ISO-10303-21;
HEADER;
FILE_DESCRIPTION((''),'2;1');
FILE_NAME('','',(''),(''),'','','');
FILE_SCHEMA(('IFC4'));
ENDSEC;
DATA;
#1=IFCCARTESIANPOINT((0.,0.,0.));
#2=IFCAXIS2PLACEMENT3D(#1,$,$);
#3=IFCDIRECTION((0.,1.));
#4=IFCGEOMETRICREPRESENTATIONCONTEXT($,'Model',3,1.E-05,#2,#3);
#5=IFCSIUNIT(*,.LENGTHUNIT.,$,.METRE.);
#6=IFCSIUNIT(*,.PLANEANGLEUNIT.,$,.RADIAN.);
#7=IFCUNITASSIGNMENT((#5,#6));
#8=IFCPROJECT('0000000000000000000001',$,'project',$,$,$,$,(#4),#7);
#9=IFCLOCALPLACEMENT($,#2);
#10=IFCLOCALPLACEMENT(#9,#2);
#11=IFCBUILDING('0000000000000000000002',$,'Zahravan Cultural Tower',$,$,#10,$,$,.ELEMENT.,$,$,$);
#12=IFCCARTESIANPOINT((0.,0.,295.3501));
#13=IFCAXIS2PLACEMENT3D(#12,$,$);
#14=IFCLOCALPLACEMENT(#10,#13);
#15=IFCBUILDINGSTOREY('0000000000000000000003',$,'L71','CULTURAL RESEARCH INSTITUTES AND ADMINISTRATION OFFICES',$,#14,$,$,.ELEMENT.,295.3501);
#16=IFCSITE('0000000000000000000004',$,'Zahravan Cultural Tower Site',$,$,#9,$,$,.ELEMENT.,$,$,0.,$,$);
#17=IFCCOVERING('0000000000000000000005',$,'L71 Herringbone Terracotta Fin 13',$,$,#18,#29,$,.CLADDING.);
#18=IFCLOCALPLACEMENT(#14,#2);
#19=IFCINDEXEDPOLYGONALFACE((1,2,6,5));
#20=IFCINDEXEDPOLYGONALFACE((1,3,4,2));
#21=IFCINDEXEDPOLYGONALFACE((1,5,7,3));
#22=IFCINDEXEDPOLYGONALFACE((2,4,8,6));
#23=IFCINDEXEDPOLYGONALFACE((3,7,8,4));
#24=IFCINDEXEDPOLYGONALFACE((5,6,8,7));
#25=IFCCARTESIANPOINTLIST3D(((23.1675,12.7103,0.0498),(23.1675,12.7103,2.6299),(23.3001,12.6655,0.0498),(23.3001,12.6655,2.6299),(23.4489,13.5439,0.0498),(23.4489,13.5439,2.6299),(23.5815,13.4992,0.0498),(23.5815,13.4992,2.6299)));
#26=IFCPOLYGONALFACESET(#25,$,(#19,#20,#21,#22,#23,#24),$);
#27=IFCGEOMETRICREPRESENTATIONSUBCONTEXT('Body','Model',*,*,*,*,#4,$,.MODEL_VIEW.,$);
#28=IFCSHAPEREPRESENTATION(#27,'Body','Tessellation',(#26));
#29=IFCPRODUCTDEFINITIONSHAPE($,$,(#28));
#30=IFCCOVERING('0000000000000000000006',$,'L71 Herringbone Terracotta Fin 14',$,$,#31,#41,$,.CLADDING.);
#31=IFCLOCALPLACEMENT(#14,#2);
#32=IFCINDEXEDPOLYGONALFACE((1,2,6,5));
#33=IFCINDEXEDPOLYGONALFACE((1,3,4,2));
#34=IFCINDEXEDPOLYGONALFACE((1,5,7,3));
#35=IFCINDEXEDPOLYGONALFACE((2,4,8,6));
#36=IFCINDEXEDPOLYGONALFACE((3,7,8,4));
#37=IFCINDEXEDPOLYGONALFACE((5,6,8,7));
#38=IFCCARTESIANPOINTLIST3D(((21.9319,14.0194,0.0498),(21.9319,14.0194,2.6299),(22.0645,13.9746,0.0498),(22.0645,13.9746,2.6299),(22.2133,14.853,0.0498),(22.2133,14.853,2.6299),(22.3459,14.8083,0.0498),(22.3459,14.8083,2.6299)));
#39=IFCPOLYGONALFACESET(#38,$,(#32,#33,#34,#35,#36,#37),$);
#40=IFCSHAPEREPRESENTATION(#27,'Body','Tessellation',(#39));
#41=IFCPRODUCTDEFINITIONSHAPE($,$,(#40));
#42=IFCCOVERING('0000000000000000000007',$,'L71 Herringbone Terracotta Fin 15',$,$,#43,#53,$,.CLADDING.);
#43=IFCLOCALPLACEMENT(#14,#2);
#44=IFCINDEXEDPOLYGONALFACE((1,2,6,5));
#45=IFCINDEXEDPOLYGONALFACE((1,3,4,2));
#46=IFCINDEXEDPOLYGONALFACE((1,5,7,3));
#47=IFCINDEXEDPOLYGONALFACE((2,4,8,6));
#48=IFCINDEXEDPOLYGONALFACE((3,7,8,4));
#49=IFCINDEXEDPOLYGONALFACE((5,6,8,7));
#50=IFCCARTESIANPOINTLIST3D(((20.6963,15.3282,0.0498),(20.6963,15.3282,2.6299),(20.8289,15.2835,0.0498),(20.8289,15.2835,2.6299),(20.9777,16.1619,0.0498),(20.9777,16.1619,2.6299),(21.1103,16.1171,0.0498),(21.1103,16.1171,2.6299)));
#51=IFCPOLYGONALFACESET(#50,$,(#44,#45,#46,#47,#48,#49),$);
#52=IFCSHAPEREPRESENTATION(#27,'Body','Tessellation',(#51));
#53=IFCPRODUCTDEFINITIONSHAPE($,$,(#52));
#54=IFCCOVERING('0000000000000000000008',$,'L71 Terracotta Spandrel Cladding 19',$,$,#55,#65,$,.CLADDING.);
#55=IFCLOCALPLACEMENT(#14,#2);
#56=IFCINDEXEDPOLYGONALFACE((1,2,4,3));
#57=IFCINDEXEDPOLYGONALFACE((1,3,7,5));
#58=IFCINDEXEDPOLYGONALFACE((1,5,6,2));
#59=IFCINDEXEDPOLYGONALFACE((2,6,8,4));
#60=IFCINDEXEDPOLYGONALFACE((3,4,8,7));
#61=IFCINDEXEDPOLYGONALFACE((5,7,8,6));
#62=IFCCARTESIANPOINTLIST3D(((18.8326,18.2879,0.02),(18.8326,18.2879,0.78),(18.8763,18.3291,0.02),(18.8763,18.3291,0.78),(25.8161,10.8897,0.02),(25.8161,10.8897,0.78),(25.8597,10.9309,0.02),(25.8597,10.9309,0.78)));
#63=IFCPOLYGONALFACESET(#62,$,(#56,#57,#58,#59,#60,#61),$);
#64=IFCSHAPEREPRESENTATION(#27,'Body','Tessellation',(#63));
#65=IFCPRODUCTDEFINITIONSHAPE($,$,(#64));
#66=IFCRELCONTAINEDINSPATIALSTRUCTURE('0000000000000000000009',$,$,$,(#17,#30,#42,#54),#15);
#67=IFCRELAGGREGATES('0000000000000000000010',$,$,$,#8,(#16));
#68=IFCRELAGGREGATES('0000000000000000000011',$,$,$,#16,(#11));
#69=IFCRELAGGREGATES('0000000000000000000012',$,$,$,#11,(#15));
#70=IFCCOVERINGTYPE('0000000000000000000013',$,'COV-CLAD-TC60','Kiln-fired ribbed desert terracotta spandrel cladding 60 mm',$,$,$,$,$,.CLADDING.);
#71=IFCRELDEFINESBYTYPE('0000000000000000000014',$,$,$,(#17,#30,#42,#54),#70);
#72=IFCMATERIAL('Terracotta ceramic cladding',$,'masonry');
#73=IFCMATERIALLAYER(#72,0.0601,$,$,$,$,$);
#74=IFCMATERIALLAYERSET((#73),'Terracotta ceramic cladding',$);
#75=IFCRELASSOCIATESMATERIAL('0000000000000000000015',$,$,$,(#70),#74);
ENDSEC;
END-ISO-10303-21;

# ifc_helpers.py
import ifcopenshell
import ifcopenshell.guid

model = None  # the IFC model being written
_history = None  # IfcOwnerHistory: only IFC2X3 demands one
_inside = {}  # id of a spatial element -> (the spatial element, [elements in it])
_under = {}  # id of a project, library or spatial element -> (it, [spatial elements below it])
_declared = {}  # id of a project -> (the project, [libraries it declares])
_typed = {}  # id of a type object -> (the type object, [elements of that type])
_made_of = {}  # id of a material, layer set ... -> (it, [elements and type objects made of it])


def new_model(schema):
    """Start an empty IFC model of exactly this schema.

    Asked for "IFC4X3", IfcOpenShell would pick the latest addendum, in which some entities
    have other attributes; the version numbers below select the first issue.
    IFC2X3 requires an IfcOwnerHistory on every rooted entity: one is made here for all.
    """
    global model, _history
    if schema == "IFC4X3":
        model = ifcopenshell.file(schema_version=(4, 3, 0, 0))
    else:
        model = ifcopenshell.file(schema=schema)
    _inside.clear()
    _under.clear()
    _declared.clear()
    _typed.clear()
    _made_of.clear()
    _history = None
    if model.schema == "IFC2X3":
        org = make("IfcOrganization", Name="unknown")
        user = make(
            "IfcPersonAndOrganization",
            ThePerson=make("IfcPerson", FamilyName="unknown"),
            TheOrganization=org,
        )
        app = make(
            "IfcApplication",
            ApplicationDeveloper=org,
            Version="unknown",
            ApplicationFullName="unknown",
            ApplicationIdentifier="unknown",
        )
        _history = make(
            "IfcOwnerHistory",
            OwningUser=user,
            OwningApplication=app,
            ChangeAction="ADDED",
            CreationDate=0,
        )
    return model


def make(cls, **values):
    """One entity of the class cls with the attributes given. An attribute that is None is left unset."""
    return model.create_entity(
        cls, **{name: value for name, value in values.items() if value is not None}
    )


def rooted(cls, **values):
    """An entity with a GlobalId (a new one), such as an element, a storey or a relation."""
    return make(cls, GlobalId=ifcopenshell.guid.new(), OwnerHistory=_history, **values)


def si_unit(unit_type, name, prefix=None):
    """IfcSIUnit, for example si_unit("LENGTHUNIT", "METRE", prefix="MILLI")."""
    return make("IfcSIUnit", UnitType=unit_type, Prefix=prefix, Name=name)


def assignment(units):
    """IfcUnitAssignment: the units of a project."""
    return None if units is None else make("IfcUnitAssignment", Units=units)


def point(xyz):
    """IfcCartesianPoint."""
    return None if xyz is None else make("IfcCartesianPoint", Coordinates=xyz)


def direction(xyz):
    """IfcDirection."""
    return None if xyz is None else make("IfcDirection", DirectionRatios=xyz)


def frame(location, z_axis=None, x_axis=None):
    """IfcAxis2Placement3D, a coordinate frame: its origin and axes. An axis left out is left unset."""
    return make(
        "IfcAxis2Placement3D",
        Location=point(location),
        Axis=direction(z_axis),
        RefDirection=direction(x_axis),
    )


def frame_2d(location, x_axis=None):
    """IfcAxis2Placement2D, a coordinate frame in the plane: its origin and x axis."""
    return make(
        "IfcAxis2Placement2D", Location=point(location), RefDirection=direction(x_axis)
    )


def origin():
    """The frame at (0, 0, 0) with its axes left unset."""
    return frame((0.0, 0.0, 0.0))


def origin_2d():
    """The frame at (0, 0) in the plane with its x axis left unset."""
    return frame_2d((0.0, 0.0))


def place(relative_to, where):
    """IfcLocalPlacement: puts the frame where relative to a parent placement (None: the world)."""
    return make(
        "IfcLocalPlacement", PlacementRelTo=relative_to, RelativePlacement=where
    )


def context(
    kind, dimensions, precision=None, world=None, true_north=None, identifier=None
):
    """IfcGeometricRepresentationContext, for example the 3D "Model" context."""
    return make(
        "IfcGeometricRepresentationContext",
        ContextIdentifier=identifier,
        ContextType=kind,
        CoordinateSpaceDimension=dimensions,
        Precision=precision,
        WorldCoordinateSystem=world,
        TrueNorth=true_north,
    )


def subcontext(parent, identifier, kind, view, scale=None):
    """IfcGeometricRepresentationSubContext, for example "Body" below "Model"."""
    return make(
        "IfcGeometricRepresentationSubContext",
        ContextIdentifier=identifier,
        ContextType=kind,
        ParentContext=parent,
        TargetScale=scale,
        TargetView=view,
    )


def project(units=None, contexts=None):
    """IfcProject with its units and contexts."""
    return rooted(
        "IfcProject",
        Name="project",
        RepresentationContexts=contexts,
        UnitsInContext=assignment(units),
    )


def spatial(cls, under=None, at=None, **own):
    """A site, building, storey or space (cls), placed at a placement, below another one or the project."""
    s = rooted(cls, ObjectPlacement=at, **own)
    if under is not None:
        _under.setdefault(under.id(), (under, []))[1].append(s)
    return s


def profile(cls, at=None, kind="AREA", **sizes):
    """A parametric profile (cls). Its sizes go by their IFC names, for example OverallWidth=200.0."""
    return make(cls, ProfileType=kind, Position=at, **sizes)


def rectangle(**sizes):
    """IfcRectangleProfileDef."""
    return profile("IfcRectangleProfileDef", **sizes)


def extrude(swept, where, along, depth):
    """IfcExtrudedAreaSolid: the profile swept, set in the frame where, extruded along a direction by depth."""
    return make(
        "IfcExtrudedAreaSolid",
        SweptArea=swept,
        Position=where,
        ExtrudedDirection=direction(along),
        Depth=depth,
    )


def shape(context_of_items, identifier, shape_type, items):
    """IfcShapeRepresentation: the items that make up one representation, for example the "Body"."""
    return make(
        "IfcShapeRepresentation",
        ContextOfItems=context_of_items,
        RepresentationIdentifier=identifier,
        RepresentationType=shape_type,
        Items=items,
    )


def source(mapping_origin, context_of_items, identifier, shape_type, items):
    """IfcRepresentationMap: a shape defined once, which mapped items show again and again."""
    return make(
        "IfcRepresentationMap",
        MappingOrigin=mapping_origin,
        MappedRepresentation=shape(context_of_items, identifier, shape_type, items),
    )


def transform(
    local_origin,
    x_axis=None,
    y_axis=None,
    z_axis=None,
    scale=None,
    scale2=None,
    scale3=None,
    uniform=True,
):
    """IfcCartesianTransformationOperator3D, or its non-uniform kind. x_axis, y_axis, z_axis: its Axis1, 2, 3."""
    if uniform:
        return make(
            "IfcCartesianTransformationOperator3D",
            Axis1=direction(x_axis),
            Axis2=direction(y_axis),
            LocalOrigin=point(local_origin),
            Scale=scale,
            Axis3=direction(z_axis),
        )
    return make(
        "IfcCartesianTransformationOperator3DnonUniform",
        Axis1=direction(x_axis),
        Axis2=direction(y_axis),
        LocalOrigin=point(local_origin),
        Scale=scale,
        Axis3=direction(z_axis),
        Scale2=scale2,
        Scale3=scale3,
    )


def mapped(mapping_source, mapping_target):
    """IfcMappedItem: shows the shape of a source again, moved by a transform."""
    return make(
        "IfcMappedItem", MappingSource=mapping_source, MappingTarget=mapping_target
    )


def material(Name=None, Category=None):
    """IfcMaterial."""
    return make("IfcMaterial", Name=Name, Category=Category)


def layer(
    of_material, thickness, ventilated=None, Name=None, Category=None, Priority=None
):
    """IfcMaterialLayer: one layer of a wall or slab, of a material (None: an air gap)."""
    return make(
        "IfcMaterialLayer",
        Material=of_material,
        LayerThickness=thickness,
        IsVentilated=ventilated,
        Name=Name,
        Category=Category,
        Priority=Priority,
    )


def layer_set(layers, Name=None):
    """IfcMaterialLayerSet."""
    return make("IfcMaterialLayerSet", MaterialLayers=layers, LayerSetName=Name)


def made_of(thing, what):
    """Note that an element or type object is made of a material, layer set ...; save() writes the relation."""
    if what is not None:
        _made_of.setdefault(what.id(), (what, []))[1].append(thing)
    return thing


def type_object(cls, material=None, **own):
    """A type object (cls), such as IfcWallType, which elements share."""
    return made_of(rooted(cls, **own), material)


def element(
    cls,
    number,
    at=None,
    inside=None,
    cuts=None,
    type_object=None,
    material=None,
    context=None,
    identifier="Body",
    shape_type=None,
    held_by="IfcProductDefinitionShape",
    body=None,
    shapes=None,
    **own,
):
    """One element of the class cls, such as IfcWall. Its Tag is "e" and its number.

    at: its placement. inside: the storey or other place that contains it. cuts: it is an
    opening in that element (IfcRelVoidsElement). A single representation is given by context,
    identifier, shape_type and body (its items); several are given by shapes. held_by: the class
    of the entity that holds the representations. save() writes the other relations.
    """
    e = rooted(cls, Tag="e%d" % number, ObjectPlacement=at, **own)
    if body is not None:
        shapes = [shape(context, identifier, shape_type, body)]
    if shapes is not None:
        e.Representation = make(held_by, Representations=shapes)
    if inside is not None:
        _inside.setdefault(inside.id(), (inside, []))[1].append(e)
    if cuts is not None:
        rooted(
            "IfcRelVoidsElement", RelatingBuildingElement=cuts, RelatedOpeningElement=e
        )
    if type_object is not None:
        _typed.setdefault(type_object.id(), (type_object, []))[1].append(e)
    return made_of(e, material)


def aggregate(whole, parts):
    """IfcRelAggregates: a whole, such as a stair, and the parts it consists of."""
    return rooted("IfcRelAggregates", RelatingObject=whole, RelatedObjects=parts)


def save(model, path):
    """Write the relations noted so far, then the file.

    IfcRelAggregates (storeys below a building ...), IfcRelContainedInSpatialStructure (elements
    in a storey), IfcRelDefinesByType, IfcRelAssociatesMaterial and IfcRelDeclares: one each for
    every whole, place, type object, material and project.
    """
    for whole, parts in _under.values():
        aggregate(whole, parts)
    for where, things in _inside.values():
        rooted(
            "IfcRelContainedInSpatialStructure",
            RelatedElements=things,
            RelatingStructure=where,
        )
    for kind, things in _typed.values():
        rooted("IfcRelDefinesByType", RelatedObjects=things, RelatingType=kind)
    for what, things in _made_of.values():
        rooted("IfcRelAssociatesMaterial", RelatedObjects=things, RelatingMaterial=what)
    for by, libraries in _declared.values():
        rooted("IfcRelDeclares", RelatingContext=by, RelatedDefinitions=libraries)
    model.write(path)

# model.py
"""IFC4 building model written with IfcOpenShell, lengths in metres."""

from ifc_helpers import new_model, si_unit, direction, frame, origin, origin_2d, place, context, subcontext, project, spatial, rectangle, extrude, source, transform, mapped, material, layer, layer_set, type_object, element, save


model = new_model("IFC4")

# Units and contexts
model_context = context("Model", 3, precision=1e-05, world=origin(), true_north=direction((0.0, 1.0)))
body_context = subcontext(model_context, "Body", "Model", "MODEL_VIEW")
ifc_project = project(units=[si_unit("LENGTHUNIT", "METRE"), si_unit("PLANEANGLEUNIT", "RADIAN")], contexts=[model_context])

# Site, building, storey
site_placement = place(None, origin())
site = spatial("IfcSite", under=ifc_project, at=site_placement, Name="Zahravan Cultural Tower Site", CompositionType="ELEMENT", RefElevation=0.0)
building_placement = place(site_placement, origin())
building = spatial("IfcBuilding", under=site, at=building_placement, Name="Zahravan Cultural Tower", CompositionType="ELEMENT")
storey_placement = place(building_placement, frame((0.0, 0.0, 295.3501)))
storey = spatial("IfcBuildingStorey", under=building, at=storey_placement, Name="L71", Description="CULTURAL RESEARCH INSTITUTES AND ADMINISTRATION OFFICES", CompositionType="ELEMENT", Elevation=295.3501)

# Coverings
ifc_material_1 = material(Name="Terracotta ceramic cladding", Category="masonry")
ifc_layer_1 = layer(ifc_material_1, 0.0601)
ifc_layer_set_1 = layer_set([ifc_layer_1], Name="Terracotta ceramic cladding")
covering_type_1 = type_object("IfcCoveringType", Name="COV-CLAD-TC60", Description="Kiln-fired ribbed desert terracotta spandrel cladding 60 mm", PredefinedType="CLADDING", material=ifc_layer_set_1)
shared_shape_1 = source(origin(), body_context, "Body", "SweptSolid", [
    extrude(rectangle(XDim=0.8799, YDim=0.1399, at=origin_2d()), origin(), (0.0, 0.0, 1.0), 2.5801),
])
for number, where, z_axis, x_axis, name in (
    (1, (23.3745, 13.1047, 0.0498), (0.0, 0.0, 1.0), (-0.319819, -0.947479, 0.0), "L71 Herringbone Terracotta Fin 13"),
    (2, (22.1389, 14.4138, 0.0498), (0.0, 0.0, 1.0), (-0.319819, -0.947479, 0.0), "L71 Herringbone Terracotta Fin 14"),
    (3, (20.9033, 15.7227, 0.0498), (0.0, 0.0, 1.0), (-0.319819, -0.947479, 0.0), "L71 Herringbone Terracotta Fin 15"),
):
    element("IfcCovering", number, at=place(storey_placement, frame(where, z_axis=z_axis, x_axis=x_axis)), inside=storey, type_object=covering_type_1, Name=name, PredefinedType="CLADDING", context=body_context, shape_type="MappedRepresentation", body=[
        mapped(shared_shape_1, transform((0.0, 0.0, 0.0), x_axis=(1.0, 0.0, 0.0), y_axis=(0.0, 1.0, 0.0), z_axis=(0.0, 0.0, 1.0), scale=1.0)),
    ])
shared_shape_2 = source(origin(), body_context, "Body", "SweptSolid", [
    extrude(rectangle(XDim=10.1736, YDim=0.0601, at=origin_2d()), origin(), (0.0, 0.0, 1.0), 0.76),
])
covering_1_placement = place(storey_placement, frame((22.3462, 14.6094, 0.02), z_axis=(0.0, 0.0, 1.0), x_axis=(-0.686428, 0.727198, 0.0)))
element("IfcCovering", 4, at=covering_1_placement, inside=storey, type_object=covering_type_1, Name="L71 Terracotta Spandrel Cladding 19", PredefinedType="CLADDING", context=body_context, shape_type="MappedRepresentation", body=[
    mapped(shared_shape_2, transform((0.0, 0.0, 0.0), x_axis=(1.0, 0.0, 0.0), y_axis=(0.0, 1.0, 0.0), z_axis=(0.0, 0.0, 1.0), scale=1.0)),
])

save(model, "model.ifc")
